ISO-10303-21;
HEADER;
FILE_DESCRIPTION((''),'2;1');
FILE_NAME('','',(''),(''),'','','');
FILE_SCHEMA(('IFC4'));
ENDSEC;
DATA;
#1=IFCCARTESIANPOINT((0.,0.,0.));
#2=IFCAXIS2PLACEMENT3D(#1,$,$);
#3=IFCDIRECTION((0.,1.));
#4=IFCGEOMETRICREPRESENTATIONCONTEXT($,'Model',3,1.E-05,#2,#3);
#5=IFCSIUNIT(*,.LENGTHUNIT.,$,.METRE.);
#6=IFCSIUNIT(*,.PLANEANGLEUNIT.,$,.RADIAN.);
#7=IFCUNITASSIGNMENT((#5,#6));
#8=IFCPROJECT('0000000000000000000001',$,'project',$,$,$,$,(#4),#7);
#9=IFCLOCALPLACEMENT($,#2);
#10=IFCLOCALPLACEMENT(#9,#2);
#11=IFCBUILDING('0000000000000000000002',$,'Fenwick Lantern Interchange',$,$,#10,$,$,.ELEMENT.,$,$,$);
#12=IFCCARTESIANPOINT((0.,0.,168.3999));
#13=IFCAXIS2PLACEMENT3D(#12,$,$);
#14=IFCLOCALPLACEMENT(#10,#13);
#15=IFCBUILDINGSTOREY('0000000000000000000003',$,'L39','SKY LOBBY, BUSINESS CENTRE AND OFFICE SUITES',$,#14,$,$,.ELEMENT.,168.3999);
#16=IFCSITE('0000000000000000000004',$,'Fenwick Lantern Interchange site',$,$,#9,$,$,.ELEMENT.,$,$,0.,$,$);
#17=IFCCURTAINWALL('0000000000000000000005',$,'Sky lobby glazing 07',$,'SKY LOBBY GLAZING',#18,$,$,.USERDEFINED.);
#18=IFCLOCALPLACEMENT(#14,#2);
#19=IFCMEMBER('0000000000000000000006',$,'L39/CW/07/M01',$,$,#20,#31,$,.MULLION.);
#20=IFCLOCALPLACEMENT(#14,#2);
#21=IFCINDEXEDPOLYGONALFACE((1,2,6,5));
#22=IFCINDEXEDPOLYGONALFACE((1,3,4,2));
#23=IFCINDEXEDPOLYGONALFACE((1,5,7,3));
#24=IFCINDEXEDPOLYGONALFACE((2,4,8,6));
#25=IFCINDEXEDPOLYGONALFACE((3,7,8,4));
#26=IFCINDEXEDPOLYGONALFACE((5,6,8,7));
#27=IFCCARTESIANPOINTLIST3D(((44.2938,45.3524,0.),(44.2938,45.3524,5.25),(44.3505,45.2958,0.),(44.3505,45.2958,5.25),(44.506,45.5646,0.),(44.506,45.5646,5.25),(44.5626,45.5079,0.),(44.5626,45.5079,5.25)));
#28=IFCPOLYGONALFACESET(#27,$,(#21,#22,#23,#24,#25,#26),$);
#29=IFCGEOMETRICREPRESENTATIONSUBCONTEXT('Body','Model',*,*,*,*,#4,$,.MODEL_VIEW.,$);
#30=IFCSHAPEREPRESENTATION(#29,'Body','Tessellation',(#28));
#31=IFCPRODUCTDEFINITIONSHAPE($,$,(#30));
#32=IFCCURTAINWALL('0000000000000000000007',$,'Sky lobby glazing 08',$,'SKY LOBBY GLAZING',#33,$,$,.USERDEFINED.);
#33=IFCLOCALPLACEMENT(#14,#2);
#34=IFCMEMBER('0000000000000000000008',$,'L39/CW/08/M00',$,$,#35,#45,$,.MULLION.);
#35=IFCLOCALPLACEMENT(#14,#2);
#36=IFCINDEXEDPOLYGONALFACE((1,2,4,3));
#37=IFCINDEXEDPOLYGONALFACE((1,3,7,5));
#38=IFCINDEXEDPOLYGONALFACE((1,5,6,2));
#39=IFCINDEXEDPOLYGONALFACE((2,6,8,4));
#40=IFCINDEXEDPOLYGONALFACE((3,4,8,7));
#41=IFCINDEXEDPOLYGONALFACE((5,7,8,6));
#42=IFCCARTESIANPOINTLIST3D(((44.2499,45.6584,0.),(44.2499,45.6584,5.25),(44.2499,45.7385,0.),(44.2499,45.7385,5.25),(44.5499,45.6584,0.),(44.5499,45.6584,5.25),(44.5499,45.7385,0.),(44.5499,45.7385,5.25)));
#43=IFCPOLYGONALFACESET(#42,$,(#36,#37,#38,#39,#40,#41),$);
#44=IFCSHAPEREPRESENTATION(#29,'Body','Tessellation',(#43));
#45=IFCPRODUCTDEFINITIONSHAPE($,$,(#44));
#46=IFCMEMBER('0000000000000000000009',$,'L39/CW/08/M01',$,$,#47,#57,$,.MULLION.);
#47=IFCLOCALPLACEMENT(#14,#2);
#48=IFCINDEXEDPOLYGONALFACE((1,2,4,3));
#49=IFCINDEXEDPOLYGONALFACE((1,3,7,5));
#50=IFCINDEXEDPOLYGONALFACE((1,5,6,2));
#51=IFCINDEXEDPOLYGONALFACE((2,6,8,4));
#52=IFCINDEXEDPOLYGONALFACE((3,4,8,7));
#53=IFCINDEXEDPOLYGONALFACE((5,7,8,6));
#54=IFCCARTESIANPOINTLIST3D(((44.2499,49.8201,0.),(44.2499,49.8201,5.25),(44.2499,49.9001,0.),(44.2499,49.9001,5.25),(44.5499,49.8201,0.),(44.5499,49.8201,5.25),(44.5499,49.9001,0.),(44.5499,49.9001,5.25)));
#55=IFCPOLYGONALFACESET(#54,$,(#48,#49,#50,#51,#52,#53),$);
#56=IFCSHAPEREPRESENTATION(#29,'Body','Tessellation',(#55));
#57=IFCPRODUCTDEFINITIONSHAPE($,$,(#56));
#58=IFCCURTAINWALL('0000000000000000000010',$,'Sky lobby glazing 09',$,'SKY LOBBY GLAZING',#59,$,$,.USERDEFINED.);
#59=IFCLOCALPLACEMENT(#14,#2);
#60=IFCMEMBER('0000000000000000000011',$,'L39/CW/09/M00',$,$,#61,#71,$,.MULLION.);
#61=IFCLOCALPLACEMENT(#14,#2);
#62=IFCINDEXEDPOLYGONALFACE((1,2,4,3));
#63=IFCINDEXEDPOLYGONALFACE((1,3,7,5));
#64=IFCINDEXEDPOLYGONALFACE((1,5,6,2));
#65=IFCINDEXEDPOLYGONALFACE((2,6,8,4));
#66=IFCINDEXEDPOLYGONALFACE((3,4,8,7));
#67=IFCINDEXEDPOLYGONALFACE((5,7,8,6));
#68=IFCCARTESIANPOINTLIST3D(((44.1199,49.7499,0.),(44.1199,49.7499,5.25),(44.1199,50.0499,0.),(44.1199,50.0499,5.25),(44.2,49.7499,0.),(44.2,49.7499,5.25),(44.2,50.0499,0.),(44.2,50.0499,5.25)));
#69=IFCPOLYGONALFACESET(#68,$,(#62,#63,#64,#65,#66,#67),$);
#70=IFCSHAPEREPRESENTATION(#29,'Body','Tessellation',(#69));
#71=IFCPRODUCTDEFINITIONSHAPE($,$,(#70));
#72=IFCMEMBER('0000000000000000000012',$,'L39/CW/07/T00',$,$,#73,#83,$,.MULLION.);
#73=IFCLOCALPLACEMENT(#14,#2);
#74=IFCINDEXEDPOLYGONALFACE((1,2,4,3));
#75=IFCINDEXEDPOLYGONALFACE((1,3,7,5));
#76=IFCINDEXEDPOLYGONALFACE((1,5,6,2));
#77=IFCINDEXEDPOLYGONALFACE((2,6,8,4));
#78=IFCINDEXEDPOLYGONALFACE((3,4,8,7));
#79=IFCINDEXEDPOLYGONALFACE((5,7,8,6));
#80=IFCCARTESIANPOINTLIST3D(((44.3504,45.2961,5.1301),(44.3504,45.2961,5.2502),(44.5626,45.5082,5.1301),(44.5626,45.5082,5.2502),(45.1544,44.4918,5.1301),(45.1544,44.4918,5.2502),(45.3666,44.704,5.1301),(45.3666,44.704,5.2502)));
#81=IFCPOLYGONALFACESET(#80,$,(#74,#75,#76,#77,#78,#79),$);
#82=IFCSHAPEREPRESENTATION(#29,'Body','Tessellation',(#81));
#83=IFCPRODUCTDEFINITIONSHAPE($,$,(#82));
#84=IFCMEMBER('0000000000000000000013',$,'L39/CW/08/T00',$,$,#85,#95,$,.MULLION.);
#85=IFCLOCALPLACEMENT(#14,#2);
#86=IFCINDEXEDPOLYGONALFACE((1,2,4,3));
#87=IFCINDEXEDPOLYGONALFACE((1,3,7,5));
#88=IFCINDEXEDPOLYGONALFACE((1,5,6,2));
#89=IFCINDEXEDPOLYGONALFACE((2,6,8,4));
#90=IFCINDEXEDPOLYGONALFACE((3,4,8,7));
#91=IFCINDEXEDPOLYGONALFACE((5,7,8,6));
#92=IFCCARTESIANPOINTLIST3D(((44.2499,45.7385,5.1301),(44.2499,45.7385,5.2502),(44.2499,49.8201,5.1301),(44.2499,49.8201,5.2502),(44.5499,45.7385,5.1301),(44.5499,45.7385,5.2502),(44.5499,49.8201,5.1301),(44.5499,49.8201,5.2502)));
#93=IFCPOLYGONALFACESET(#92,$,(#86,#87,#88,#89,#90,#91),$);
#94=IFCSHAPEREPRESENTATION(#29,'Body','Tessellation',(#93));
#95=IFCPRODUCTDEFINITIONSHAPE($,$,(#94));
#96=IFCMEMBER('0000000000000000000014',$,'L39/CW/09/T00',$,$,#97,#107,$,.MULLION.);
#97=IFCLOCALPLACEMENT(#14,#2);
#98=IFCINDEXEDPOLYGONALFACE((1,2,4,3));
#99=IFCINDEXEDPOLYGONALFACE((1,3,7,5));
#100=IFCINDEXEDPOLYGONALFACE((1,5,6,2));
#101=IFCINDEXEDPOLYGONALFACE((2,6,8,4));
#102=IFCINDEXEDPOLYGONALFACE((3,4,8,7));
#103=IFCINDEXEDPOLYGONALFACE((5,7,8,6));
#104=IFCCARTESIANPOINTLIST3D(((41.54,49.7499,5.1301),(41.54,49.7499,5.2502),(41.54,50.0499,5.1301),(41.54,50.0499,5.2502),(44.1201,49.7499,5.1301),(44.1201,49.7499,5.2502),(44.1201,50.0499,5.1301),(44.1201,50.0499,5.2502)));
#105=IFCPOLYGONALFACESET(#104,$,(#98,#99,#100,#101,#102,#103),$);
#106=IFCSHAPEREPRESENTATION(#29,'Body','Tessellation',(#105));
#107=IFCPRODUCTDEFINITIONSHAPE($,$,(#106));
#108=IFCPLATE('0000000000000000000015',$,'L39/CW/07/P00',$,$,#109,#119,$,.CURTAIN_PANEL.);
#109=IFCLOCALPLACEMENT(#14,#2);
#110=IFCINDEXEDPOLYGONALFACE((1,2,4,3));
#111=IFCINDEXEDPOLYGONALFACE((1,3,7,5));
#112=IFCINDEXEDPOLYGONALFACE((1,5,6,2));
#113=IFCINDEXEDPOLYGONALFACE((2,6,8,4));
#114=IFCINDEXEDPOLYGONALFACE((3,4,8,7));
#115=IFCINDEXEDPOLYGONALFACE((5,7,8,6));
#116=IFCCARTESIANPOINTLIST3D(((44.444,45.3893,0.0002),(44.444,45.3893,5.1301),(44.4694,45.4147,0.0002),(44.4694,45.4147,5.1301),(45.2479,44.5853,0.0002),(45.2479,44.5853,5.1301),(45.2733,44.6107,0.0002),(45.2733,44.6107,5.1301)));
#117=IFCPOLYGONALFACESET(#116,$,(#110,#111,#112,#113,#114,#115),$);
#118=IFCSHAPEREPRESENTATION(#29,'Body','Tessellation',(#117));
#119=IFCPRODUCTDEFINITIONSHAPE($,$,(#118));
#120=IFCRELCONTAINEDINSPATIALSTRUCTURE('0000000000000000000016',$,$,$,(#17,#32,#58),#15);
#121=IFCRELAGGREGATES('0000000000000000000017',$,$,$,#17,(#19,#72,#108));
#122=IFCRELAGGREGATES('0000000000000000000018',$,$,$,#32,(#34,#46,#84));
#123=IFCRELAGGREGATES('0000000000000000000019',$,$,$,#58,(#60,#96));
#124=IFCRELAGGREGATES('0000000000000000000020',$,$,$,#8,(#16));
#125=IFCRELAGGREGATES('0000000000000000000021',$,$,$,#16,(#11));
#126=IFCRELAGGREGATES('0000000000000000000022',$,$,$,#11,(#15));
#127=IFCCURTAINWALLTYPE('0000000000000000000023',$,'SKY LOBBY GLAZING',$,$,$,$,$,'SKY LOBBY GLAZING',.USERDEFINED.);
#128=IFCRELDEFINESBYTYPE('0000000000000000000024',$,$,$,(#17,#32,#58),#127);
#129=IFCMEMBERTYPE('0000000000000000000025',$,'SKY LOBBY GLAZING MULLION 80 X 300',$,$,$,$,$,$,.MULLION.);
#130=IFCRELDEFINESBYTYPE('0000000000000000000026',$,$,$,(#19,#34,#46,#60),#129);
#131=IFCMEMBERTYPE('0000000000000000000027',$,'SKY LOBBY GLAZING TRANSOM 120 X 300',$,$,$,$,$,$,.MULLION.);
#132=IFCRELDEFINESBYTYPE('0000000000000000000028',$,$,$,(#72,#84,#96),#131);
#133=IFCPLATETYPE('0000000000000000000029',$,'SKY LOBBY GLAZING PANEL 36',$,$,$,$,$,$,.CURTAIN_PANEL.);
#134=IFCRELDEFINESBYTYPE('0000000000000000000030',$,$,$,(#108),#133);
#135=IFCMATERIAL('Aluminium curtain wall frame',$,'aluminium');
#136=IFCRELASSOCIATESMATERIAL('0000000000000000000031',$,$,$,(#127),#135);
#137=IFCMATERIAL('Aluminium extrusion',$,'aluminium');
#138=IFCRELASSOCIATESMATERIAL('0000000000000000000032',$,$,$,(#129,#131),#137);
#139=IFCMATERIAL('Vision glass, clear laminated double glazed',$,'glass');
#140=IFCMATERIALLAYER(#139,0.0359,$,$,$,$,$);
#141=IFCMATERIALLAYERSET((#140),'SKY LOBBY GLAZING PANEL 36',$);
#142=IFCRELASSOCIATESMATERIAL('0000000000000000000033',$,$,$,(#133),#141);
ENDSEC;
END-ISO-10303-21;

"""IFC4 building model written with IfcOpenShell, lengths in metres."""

from ifc_helpers import new_model, si_unit, direction, frame, origin, origin_2d, place, context, subcontext, project, spatial, rectangle, extrude, material, layer, layer_set, material_profile, profile_set, type_object, element, aggregate, save


model = new_model("IFC4")

# Units and contexts
model_context = context("Model", 3, precision=1e-05, world=origin(), true_north=direction((0.0, 1.0)))
body_context = subcontext(model_context, "Body", "Model", "MODEL_VIEW")
ifc_project = project(units=[si_unit("LENGTHUNIT", "METRE"), si_unit("PLANEANGLEUNIT", "RADIAN")], contexts=[model_context])

# Site, building, storey
site_placement = place(None, origin())
site = spatial("IfcSite", under=ifc_project, at=site_placement, Name="Fenwick Lantern Interchange site", CompositionType="ELEMENT", RefElevation=0.0)
building_placement = place(site_placement, origin())
building = spatial("IfcBuilding", under=site, at=building_placement, Name="Fenwick Lantern Interchange", CompositionType="ELEMENT")
storey_placement = place(building_placement, frame((0.0, 0.0, 168.3999)))
storey = spatial("IfcBuildingStorey", under=building, at=storey_placement, Name="L39", Description="SKY LOBBY, BUSINESS CENTRE AND OFFICE SUITES", CompositionType="ELEMENT", Elevation=168.3999)

# Curtain wall, member
ifc_material_1 = material(Name="Aluminium curtain wall frame", Category="aluminium")
curtain_wall_type = type_object("IfcCurtainWallType", Name="SKY LOBBY GLAZING", ElementType="SKY LOBBY GLAZING", PredefinedType="USERDEFINED", material=ifc_material_1)
curtain_wall_1_placement = place(storey_placement, origin())
curtain_wall_1 = element("IfcCurtainWall", 1, at=curtain_wall_1_placement, inside=storey, type_object=curtain_wall_type, Name="Sky lobby glazing 07", ObjectType="SKY LOBBY GLAZING", PredefinedType="USERDEFINED")
ifc_material_2 = material(Name="Aluminium extrusion", Category="aluminium")
ifc_material_profile_1 = material_profile(ifc_material_2, rectangle(XDim=0.3, YDim=0.0801, at=origin_2d()), Name="SKY LOBBY GLAZING MULLION 80 X 300")
ifc_profile_set_1 = profile_set([ifc_material_profile_1], Name="Aluminium extrusion")
member_type_1 = type_object("IfcMemberType", Name="SKY LOBBY GLAZING MULLION 80 X 300", PredefinedType="MULLION", material=ifc_profile_set_1)
member_1_placement = place(storey_placement, frame((44.4282, 45.4302, 0.0), z_axis=(0.0, 0.0, 1.0), x_axis=(-0.707107, -0.707107, 0.0)))
member_1 = element("IfcMember", 2, at=member_1_placement, type_object=member_type_1, Name="L39/CW/07/M01", PredefinedType="MULLION", context=body_context, shape_type="SweptSolid", body=[
    extrude(rectangle(XDim=0.3, YDim=0.0801, at=origin_2d()), origin(), (0.0, 0.0, 1.0), 5.25),
])

# Curtain wall, members
curtain_wall_2_placement = place(storey_placement, origin())
curtain_wall_2 = element("IfcCurtainWall", 3, at=curtain_wall_2_placement, inside=storey, type_object=curtain_wall_type, Name="Sky lobby glazing 08", ObjectType="SKY LOBBY GLAZING", PredefinedType="USERDEFINED")
member_2_placement = place(storey_placement, frame((44.3999, 45.6985, 0.0), z_axis=(0.0, 0.0, 1.0), x_axis=(-1.0, 0.0, 0.0)))
member_2 = element("IfcMember", 4, at=member_2_placement, type_object=member_type_1, Name="L39/CW/08/M00", PredefinedType="MULLION", context=body_context, shape_type="SweptSolid", body=[
    extrude(rectangle(XDim=0.3, YDim=0.0801, at=origin_2d()), origin(), (0.0, 0.0, 1.0), 5.25),
])
member_3_placement = place(storey_placement, frame((44.3999, 49.8601, 0.0), z_axis=(0.0, 0.0, 1.0), x_axis=(-1.0, 0.0, 0.0)))
member_3 = element("IfcMember", 5, at=member_3_placement, type_object=member_type_1, Name="L39/CW/08/M01", PredefinedType="MULLION", context=body_context, shape_type="SweptSolid", body=[
    extrude(rectangle(XDim=0.3, YDim=0.0801, at=origin_2d()), origin(), (0.0, 0.0, 1.0), 5.25),
])

# Curtain wall, member
curtain_wall_3_placement = place(storey_placement, origin())
curtain_wall_3 = element("IfcCurtainWall", 6, at=curtain_wall_3_placement, inside=storey, type_object=curtain_wall_type, Name="Sky lobby glazing 09", ObjectType="SKY LOBBY GLAZING", PredefinedType="USERDEFINED")
member_4_placement = place(storey_placement, frame((44.1599, 49.8999, 0.0), z_axis=(0.0, 0.0, 1.0), x_axis=(0.0, -1.0, 0.0)))
member_4 = element("IfcMember", 7, at=member_4_placement, type_object=member_type_1, Name="L39/CW/09/M00", PredefinedType="MULLION", context=body_context, shape_type="SweptSolid", body=[
    extrude(rectangle(XDim=0.3, YDim=0.0801, at=origin_2d()), origin(), (0.0, 0.0, 1.0), 5.25),
])

# Members
ifc_material_profile_2 = material_profile(ifc_material_2, rectangle(XDim=0.3, YDim=0.1201, at=origin_2d()), Name="SKY LOBBY GLAZING TRANSOM 120 X 300")
ifc_profile_set_2 = profile_set([ifc_material_profile_2], Name="Aluminium extrusion")
member_type_2 = type_object("IfcMemberType", Name="SKY LOBBY GLAZING TRANSOM 120 X 300", PredefinedType="MULLION", material=ifc_profile_set_2)
member_5_placement = place(storey_placement, frame((45.2605, 44.5979, 5.1902), z_axis=(-0.706999, 0.707214, 0.0), x_axis=(-0.707214, -0.706999, 0.0)))
member_5 = element("IfcMember", 8, at=member_5_placement, type_object=member_type_2, Name="L39/CW/07/T00", PredefinedType="MULLION", context=body_context, shape_type="SweptSolid", body=[
    extrude(rectangle(XDim=0.3, YDim=0.1201, at=origin_2d()), origin(), (0.0, 0.0, 1.0), 1.1372),
])
member_6_placement = place(storey_placement, frame((44.3999, 45.7385, 5.1902), z_axis=(0.0, 1.0, 0.0), x_axis=(-1.0, 0.0, 0.0)))
member_6 = element("IfcMember", 9, at=member_6_placement, type_object=member_type_2, Name="L39/CW/08/T00", PredefinedType="MULLION", context=body_context, shape_type="SweptSolid", body=[
    extrude(rectangle(XDim=0.3, YDim=0.1201, at=origin_2d()), origin(), (0.0, 0.0, 1.0), 4.0815),
])
member_7_placement = place(storey_placement, frame((44.1201, 49.8999, 5.1902), z_axis=(-1.0, 0.0, 0.0), x_axis=(0.0, -1.0, 0.0)))
member_7 = element("IfcMember", 10, at=member_7_placement, type_object=member_type_2, Name="L39/CW/09/T00", PredefinedType="MULLION", context=body_context, shape_type="SweptSolid", body=[
    extrude(rectangle(XDim=0.3, YDim=0.1201, at=origin_2d()), origin(), (0.0, 0.0, 1.0), 2.5801),
])

# Plate
ifc_material_3 = material(Name="Vision glass, clear laminated double glazed", Category="glass")
ifc_layer_1 = layer(ifc_material_3, 0.0359)
ifc_layer_set_1 = layer_set([ifc_layer_1], Name="SKY LOBBY GLAZING PANEL 36")
plate_type = type_object("IfcPlateType", Name="SKY LOBBY GLAZING PANEL 36", PredefinedType="CURTAIN_PANEL", material=ifc_layer_set_1)
plate_1_placement = place(storey_placement, frame((44.8586, 45.0, 0.0002), z_axis=(0.0, 0.0, 1.0), x_axis=(-0.707107, 0.707107, 0.0)))
plate_1 = element("IfcPlate", 11, at=plate_1_placement, type_object=plate_type, Name="L39/CW/07/P00", PredefinedType="CURTAIN_PANEL", context=body_context, shape_type="SweptSolid", body=[
    extrude(rectangle(XDim=1.137, YDim=0.0359, at=origin_2d()), origin(), (0.0, 0.0, 1.0), 5.1299),
])
aggregate(curtain_wall_1, [member_1, member_5, plate_1])
aggregate(curtain_wall_2, [member_2, member_3, member_6])
aggregate(curtain_wall_3, [member_4, member_7])

save(model, "model.ifc")
